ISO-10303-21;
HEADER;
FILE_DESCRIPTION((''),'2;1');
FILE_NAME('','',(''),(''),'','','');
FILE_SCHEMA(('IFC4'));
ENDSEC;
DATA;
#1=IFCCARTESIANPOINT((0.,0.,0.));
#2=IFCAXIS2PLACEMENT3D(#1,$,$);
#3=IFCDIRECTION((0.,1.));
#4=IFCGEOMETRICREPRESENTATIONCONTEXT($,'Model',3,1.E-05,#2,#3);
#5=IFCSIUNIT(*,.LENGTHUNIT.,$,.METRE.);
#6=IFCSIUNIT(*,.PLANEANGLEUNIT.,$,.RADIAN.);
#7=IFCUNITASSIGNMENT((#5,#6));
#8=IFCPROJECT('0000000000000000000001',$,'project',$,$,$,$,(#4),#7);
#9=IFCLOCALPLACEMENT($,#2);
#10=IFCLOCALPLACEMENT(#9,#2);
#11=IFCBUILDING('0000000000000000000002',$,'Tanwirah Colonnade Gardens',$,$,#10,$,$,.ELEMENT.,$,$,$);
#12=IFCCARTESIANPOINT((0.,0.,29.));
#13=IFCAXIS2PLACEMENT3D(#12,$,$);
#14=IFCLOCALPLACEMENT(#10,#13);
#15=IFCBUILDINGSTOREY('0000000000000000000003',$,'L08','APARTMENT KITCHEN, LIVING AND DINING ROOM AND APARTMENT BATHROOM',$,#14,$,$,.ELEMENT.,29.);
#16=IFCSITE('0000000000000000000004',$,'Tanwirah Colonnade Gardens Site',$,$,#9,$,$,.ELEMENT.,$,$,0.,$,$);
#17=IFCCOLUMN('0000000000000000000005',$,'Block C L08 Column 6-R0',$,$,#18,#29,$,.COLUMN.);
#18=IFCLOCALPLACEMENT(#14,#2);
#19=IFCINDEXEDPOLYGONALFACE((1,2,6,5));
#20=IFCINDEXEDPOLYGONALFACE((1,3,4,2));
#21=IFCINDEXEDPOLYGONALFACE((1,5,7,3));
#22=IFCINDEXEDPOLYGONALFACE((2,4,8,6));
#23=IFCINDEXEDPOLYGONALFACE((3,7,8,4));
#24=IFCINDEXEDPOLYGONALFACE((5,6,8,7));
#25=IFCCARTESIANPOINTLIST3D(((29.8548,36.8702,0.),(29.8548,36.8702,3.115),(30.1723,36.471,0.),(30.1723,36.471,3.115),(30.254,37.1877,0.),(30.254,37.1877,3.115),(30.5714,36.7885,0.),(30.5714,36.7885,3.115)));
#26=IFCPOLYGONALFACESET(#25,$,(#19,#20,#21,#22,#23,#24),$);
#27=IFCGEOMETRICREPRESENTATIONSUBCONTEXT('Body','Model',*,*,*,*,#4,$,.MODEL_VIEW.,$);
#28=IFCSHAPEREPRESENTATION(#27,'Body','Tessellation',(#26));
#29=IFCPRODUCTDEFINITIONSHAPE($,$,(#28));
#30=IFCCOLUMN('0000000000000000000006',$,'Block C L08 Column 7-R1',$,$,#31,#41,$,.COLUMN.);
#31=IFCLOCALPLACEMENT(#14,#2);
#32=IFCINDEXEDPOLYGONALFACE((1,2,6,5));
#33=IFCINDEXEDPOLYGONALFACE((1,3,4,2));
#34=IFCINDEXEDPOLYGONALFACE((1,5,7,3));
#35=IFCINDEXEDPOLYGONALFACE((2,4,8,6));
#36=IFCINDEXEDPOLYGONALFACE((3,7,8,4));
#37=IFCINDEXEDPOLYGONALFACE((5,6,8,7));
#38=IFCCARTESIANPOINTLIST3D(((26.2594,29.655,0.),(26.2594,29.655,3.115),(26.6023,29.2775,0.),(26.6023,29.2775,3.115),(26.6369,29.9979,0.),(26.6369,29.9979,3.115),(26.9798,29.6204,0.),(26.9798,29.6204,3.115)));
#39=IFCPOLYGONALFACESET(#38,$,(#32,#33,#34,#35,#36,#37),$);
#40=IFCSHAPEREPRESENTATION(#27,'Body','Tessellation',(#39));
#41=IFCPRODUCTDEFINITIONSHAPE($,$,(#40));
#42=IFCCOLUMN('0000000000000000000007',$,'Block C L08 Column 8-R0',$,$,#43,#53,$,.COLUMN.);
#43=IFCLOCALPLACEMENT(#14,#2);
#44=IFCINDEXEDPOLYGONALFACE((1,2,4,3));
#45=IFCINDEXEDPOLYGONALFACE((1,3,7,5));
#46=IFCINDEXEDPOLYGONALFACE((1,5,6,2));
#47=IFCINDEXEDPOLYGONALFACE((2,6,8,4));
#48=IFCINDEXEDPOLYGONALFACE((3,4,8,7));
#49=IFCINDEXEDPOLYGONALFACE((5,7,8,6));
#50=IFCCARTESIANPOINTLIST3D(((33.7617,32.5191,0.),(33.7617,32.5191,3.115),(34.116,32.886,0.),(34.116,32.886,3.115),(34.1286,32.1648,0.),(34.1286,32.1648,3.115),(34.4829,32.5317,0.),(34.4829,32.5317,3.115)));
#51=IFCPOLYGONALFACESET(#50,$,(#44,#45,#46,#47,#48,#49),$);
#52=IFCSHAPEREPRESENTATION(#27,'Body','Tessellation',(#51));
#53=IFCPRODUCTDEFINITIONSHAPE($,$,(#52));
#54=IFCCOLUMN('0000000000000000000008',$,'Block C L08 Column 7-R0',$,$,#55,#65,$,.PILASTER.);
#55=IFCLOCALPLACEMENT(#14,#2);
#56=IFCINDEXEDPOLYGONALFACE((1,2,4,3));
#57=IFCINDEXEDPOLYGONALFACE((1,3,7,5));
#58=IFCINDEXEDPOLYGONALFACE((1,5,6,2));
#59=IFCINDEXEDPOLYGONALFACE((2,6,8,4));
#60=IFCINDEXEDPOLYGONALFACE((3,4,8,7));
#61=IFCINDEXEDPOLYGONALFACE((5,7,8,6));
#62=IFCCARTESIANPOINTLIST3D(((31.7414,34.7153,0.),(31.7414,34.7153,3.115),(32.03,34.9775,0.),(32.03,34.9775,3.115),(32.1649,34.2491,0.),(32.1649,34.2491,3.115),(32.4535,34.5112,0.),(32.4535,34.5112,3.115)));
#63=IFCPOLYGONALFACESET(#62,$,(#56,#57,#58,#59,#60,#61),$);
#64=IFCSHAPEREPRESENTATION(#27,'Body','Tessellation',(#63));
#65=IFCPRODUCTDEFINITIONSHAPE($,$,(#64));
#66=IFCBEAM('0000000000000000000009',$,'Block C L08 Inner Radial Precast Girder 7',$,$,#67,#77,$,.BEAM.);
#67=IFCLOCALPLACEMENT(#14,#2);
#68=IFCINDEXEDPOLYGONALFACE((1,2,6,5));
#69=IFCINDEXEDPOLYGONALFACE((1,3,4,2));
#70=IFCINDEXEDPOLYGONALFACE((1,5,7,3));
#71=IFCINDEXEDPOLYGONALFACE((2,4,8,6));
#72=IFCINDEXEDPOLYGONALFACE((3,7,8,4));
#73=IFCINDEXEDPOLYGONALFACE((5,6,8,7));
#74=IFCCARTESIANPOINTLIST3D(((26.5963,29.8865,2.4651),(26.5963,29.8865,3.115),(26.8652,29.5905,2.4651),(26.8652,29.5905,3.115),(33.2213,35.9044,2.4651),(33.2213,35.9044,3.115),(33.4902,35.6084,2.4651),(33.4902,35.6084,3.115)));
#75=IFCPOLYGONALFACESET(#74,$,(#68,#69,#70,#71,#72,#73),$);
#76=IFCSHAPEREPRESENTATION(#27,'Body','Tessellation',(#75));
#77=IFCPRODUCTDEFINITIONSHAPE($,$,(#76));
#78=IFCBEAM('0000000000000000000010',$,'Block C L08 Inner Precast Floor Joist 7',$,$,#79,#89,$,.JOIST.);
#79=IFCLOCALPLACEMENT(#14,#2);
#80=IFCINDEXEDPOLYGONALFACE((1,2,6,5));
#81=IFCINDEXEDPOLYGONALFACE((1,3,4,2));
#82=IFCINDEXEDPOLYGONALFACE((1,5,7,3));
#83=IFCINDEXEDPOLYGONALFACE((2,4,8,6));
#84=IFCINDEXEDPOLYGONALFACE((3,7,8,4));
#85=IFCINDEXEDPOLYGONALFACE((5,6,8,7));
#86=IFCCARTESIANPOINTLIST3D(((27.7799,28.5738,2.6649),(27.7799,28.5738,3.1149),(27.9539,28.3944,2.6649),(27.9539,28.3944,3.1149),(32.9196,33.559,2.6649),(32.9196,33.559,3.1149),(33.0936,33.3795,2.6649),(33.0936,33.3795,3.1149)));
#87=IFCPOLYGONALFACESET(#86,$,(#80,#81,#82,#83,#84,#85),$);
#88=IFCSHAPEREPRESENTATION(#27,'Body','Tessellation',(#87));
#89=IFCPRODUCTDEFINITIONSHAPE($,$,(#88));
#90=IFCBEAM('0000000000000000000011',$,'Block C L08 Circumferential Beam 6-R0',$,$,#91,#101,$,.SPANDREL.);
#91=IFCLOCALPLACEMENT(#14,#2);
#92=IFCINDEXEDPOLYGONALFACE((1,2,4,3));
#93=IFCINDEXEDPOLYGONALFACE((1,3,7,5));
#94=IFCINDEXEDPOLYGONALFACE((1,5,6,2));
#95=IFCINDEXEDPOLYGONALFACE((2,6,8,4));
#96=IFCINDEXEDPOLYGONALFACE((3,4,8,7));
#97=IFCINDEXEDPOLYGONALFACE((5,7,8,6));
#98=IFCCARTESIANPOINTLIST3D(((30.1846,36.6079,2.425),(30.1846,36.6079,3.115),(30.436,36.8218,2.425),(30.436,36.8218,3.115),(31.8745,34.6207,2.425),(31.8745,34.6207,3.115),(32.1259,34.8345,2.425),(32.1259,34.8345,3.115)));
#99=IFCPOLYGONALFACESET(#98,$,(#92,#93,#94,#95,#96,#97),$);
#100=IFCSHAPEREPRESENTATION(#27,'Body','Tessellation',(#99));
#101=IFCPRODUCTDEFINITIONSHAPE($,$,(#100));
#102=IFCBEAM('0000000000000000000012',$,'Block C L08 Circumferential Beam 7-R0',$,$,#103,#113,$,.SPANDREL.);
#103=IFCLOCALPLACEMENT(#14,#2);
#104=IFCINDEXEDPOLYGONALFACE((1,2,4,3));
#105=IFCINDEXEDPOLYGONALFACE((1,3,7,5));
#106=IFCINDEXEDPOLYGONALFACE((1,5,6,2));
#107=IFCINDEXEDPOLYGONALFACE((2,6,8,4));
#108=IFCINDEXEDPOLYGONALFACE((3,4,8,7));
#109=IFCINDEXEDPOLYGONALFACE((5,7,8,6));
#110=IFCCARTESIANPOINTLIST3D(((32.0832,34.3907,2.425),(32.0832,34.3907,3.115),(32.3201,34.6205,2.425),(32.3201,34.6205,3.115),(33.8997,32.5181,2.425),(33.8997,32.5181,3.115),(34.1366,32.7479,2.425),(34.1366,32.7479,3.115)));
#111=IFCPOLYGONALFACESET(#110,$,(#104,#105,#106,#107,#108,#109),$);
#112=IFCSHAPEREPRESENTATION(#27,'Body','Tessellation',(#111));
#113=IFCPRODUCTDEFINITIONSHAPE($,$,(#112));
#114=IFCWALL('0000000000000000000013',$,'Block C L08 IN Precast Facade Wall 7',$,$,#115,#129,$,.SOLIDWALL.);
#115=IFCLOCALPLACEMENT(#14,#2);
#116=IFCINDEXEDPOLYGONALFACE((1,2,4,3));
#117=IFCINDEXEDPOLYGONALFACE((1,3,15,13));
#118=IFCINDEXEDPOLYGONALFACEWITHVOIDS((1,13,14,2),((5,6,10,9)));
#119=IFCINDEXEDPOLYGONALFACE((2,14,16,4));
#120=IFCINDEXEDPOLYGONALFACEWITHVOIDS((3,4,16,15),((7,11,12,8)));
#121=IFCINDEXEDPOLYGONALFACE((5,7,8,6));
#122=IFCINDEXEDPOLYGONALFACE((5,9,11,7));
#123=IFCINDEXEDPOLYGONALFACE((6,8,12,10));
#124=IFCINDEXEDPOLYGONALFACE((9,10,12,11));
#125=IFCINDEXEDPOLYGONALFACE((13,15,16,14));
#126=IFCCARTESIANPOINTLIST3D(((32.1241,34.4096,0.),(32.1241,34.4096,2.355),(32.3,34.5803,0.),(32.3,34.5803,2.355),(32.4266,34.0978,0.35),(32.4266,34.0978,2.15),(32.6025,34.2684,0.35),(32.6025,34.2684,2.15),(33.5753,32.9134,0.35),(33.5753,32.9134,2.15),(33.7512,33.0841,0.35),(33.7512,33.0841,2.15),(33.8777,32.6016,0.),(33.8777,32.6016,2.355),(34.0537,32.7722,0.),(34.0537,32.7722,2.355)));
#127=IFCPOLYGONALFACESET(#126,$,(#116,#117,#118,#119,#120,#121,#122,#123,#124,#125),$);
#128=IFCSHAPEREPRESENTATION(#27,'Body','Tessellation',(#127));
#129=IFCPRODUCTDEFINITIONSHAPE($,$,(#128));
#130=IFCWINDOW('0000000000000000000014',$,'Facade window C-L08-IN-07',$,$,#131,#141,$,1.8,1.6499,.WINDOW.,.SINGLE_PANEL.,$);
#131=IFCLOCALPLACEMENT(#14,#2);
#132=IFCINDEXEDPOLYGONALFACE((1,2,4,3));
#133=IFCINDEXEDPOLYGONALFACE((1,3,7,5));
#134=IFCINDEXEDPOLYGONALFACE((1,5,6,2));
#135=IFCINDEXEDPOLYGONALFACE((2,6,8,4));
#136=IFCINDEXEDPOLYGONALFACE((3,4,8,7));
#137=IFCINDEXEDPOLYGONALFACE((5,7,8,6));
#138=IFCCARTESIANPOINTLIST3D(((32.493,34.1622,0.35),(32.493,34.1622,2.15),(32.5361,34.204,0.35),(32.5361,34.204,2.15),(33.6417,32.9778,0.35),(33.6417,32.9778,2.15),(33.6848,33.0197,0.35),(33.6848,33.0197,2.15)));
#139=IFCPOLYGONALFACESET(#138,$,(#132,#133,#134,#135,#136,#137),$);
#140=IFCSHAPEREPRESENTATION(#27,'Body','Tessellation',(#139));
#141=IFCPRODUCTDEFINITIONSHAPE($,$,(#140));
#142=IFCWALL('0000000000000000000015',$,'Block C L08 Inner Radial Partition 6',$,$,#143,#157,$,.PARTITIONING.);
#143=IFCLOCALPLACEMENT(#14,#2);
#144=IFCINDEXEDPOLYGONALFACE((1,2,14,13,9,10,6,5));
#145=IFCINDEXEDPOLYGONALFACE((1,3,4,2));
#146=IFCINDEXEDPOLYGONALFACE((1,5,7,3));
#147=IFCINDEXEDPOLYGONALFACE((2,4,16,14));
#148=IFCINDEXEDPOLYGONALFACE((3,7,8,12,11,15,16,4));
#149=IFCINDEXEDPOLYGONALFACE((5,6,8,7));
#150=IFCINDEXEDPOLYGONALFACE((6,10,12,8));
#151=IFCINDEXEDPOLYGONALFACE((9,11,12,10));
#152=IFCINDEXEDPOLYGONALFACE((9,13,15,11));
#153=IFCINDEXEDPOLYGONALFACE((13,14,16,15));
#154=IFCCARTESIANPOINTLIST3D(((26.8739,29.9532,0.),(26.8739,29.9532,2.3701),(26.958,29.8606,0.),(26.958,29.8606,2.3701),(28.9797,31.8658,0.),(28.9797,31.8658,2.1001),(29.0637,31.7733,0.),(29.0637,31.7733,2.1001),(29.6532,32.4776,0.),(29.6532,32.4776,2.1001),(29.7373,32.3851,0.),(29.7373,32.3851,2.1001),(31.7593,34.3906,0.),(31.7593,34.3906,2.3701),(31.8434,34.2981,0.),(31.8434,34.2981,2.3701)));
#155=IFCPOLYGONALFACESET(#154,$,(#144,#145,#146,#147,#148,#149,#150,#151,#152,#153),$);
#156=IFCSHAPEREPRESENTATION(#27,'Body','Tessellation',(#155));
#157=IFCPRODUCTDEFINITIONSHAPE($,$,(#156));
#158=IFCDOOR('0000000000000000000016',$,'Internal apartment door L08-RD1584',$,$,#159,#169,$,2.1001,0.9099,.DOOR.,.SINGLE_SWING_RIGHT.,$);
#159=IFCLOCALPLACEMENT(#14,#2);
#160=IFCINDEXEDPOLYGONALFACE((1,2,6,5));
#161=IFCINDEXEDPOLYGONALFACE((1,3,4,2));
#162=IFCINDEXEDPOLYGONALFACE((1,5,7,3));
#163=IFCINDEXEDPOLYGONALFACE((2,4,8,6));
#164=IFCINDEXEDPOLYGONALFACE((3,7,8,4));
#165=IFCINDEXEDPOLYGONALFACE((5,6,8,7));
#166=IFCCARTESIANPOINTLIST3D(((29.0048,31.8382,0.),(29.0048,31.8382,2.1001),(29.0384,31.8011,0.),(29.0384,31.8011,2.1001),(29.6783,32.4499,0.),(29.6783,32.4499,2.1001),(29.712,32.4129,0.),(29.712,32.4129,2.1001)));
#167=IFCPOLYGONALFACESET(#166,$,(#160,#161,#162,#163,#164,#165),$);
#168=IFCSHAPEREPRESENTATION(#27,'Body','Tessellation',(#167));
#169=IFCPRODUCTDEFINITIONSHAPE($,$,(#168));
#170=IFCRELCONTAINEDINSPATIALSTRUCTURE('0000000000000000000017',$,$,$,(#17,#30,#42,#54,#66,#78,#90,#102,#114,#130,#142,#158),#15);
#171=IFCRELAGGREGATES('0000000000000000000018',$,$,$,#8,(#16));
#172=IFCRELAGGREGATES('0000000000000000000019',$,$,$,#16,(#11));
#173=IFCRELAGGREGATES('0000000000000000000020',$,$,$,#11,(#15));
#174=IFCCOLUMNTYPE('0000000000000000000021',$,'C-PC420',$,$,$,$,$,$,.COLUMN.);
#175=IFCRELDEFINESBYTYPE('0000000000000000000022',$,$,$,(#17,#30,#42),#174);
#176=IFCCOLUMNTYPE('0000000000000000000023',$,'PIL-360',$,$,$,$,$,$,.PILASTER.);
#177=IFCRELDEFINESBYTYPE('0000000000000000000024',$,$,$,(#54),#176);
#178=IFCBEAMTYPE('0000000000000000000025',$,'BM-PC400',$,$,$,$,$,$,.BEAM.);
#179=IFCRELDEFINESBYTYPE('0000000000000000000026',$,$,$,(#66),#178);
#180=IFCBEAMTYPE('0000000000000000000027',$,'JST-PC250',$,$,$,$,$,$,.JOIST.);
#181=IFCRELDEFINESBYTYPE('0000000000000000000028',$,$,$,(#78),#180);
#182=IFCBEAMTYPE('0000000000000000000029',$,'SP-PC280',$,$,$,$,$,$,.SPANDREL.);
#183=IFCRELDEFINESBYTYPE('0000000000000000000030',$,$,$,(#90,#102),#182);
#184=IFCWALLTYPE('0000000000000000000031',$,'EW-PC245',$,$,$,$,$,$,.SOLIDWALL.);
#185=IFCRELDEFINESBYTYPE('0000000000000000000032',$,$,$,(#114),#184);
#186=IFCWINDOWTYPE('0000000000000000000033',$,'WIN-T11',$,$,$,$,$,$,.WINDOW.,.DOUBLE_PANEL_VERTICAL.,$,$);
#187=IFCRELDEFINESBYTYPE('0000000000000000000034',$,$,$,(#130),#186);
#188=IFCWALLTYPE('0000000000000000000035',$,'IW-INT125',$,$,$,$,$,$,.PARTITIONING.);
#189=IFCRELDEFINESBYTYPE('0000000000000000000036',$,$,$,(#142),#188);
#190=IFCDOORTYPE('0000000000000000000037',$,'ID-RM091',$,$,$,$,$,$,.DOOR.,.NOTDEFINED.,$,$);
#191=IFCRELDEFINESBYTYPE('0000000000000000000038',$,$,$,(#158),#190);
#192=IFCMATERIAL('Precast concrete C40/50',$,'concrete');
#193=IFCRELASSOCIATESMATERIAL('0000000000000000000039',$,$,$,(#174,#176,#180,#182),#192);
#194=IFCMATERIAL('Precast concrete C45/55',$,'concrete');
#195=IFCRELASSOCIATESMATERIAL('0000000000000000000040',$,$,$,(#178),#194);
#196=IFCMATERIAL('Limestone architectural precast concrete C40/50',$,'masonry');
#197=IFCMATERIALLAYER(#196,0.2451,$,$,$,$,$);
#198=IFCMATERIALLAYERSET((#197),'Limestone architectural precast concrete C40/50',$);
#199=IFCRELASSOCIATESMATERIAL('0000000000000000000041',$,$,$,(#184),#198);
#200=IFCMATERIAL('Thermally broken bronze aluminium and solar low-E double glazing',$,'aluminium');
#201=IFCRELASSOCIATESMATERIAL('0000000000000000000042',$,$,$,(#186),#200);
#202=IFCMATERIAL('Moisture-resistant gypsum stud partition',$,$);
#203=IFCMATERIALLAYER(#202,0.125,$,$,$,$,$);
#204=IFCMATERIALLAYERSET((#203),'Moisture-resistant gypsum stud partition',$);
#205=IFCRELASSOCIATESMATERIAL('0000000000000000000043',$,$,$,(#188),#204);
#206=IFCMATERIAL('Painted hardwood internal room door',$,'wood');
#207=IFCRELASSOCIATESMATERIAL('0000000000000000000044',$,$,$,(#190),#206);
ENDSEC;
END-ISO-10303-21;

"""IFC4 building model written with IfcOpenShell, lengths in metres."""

from ifc_helpers import new_model, si_unit, direction, frame, frame_2d, origin, origin_2d, place, context, subcontext, project, spatial, rectangle, extrude, material, layer, layer_set, material_profile, profile_set, type_object, element, fill, save


model = new_model("IFC4")

# Units and contexts
model_context = context("Model", 3, precision=1e-05, world=origin(), true_north=direction((0.0, 1.0)))
body_context = subcontext(model_context, "Body", "Model", "MODEL_VIEW")
ifc_project = project(units=[si_unit("LENGTHUNIT", "METRE"), si_unit("PLANEANGLEUNIT", "RADIAN")], contexts=[model_context])

# Site, building, storey
site_placement = place(None, origin())
site = spatial("IfcSite", under=ifc_project, at=site_placement, Name="Tanwirah Colonnade Gardens Site", CompositionType="ELEMENT", RefElevation=0.0)
building_placement = place(site_placement, origin())
building = spatial("IfcBuilding", under=site, at=building_placement, Name="Tanwirah Colonnade Gardens", CompositionType="ELEMENT")
storey_placement = place(building_placement, frame((0.0, 0.0, 29.0)))
storey = spatial("IfcBuildingStorey", under=building, at=storey_placement, Name="L08", Description="APARTMENT KITCHEN, LIVING AND DINING ROOM AND APARTMENT BATHROOM", CompositionType="ELEMENT", Elevation=29.0)

# Columns
ifc_material_1 = material(Name="Precast concrete C40/50", Category="concrete")
ifc_material_profile_1 = material_profile(ifc_material_1, rectangle(XDim=0.51, YDim=0.51, at=origin_2d()), Name="PC-COL 510x510")
ifc_profile_set_1 = profile_set([ifc_material_profile_1], Name="Precast concrete C40/50")
column_type_1 = type_object("IfcColumnType", Name="C-PC420", PredefinedType="COLUMN", material=ifc_profile_set_1)
for number, where, z_axis, x_axis, name in (
    (1, (30.2131, 36.8293, 0.0), (0.0, 0.0, 1.0), (-0.782608, -0.622515, 0.0), "Block C L08 Column 6-R0"),
    (2, (26.6196, 29.6377, 0.0), (0.0, 0.0, 1.0), (-0.740218, -0.672367, 0.0), "Block C L08 Column 7-R1"),
    (3, (34.1223, 32.5254, 0.0), (0.0, 0.0, 1.0), (-0.694658, -0.71934, 0.0), "Block C L08 Column 8-R0"),
):
    element("IfcColumn", number, at=place(storey_placement, frame(where, z_axis=z_axis, x_axis=x_axis)), inside=storey, type_object=column_type_1, Name=name, PredefinedType="COLUMN", context=body_context, shape_type="SweptSolid", body=[
        extrude(rectangle(XDim=0.51, YDim=0.51, at=origin_2d()), origin(), (0.0, 0.0, 1.0), 3.115),
    ])
ifc_material_profile_2 = material_profile(ifc_material_1, rectangle(XDim=0.3899, YDim=0.6299, at=origin_2d()), Name="PC-PIL 390x630")
ifc_profile_set_2 = profile_set([ifc_material_profile_2], Name="Precast concrete C40/50")
column_type_2 = type_object("IfcColumnType", Name="PIL-360", PredefinedType="PILASTER", material=ifc_profile_set_2)
column_placement = place(storey_placement, frame((32.0974, 34.6133, 0.0), z_axis=(0.0, 0.0, 1.0), x_axis=(-0.740218, -0.672367, 0.0)))
element("IfcColumn", 4, at=column_placement, inside=storey, type_object=column_type_2, Name="Block C L08 Column 7-R0", PredefinedType="PILASTER", context=body_context, shape_type="SweptSolid", body=[
    extrude(rectangle(XDim=0.3899, YDim=0.6299, at=origin_2d()), origin(), (0.0, 0.0, 1.0), 3.115),
])

# Beams
ifc_material_2 = material(Name="Precast concrete C45/55", Category="concrete")
ifc_material_profile_3 = material_profile(ifc_material_2, rectangle(XDim=0.3999, YDim=0.6499, at=origin_2d()), Name="PC-BM 400x650")
ifc_profile_set_3 = profile_set([ifc_material_profile_3], Name="Precast concrete C45/55")
beam_type_1 = type_object("IfcBeamType", Name="BM-PC400", PredefinedType="BEAM", material=ifc_profile_set_3)
beam_1_placement = place(storey_placement, frame((26.7307, 29.7385, 2.79), z_axis=(0.740213, 0.672373, 0.0), x_axis=(-0.672373, 0.740213, 0.0)))
element("IfcBeam", 5, at=beam_1_placement, inside=storey, type_object=beam_type_1, Name="Block C L08 Inner Radial Precast Girder 7", PredefinedType="BEAM", context=body_context, shape_type="SweptSolid", body=[
    extrude(rectangle(XDim=0.3999, YDim=0.6499, at=origin_2d()), origin(), (0.0, 0.0, 1.0), 8.9502),
])
ifc_material_profile_4 = material_profile(ifc_material_1, rectangle(XDim=0.25, YDim=0.45, at=origin_2d()), Name="PC-JST 250x450")
ifc_profile_set_4 = profile_set([ifc_material_profile_4], Name="Precast concrete C40/50")
beam_type_2 = type_object("IfcBeamType", Name="JST-PC250", PredefinedType="JOIST", material=ifc_profile_set_4)
beam_2_placement = place(storey_placement, frame((33.0066, 33.4692, 2.8899), z_axis=(-0.717816, -0.696233, 0.0), x_axis=(0.696233, -0.717816, 0.0)))
element("IfcBeam", 6, at=beam_2_placement, inside=storey, type_object=beam_type_2, Name="Block C L08 Inner Precast Floor Joist 7", PredefinedType="JOIST", context=body_context, shape_type="SweptSolid", body=[
    extrude(rectangle(XDim=0.25, YDim=0.45, at=origin_2d()), origin(), (0.0, 0.0, 1.0), 7.1602),
])
ifc_material_profile_5 = material_profile(ifc_material_1, rectangle(XDim=0.3301, YDim=0.6899, at=origin_2d()), Name="PC-SP 330x690")
ifc_profile_set_5 = profile_set([ifc_material_profile_5], Name="Precast concrete C40/50")
beam_type_3 = type_object("IfcBeamType", Name="SP-PC280", PredefinedType="SPANDREL", material=ifc_profile_set_5)
beam_3_placement = place(storey_placement, frame((30.3103, 36.7148, 2.77), z_axis=(0.647811, -0.761801, 0.0), x_axis=(0.761801, 0.647811, 0.0)))
element("IfcBeam", 7, at=beam_3_placement, inside=storey, type_object=beam_type_3, Name="Block C L08 Circumferential Beam 6-R0", PredefinedType="SPANDREL", context=body_context, shape_type="SweptSolid", body=[
    extrude(rectangle(XDim=0.3301, YDim=0.6899, at=origin_2d()), origin(), (0.0, 0.0, 1.0), 2.6086),
])
beam_4_placement = place(storey_placement, frame((32.2017, 34.5056, 2.77), z_axis=(0.696263, -0.717787, 0.0), x_axis=(0.717787, 0.696263, 0.0)))
element("IfcBeam", 8, at=beam_4_placement, inside=storey, type_object=beam_type_3, Name="Block C L08 Circumferential Beam 7-R0", PredefinedType="SPANDREL", context=body_context, shape_type="SweptSolid", body=[
    extrude(rectangle(XDim=0.3301, YDim=0.6899, at=origin_2d()), origin(), (0.0, 0.0, 1.0), 2.6089),
])

# Wall, opening, window
ifc_material_3 = material(Name="Limestone architectural precast concrete C40/50", Category="masonry")
ifc_layer_1 = layer(ifc_material_3, 0.2451)
ifc_layer_set_1 = layer_set([ifc_layer_1], Name="Limestone architectural precast concrete C40/50")
wall_type_1 = type_object("IfcWallType", Name="EW-PC245", PredefinedType="SOLIDWALL", material=ifc_layer_set_1)
wall_1_placement = place(storey_placement, frame((32.2122, 34.4949, 0.0), z_axis=(0.0, 0.0, 1.0), x_axis=(0.696217, -0.717831, 0.0)))
wall_1 = element("IfcWall", 9, at=wall_1_placement, inside=storey, type_object=wall_type_1, Name="Block C L08 IN Precast Facade Wall 7", PredefinedType="SOLIDWALL", context=body_context, shape_type="SweptSolid", body=[
    extrude(rectangle(XDim=2.5188, YDim=0.2451, at=frame_2d((1.2593, 0.0))), origin(), (0.0, 0.0, 1.0), 2.355),
])
opening_1_placement = place(wall_1_placement, frame((0.4343, 0.0, 0.3501)))
opening_1 = element("IfcOpeningElement", 10, at=opening_1_placement, cuts=wall_1, PredefinedType="OPENING", context=body_context, shape_type="SweptSolid", body=[
    extrude(rectangle(XDim=1.6499, YDim=1.8, at=frame_2d((0.825, 0.8999))), frame((0.0, 0.1326, 0.0), z_axis=(0.0, -1.0, 0.0), x_axis=(1.0, 0.0, 0.0)), (0.0, 0.0, 1.0), 0.2651),
])
ifc_material_4 = material(Name="Thermally broken bronze aluminium and solar low-E double glazing", Category="aluminium")
window_type = type_object("IfcWindowType", Name="WIN-T11", PartitioningType="DOUBLE_PANEL_VERTICAL", PredefinedType="WINDOW", material=ifc_material_4)
window_placement = place(opening_1_placement, origin())
window = element("IfcWindow", 11, at=window_placement, inside=storey, type_object=window_type, Name="Facade window C-L08-IN-07", OverallHeight=1.8, OverallWidth=1.6499, PartitioningType="SINGLE_PANEL", PredefinedType="WINDOW", context=body_context, shape_type="SweptSolid", body=[
    extrude(rectangle(XDim=1.6499, YDim=1.8, at=frame_2d((0.825, 0.8999))), frame((0.0, 0.03, 0.0), z_axis=(0.0, -1.0, 0.0), x_axis=(1.0, 0.0, 0.0)), (0.0, 0.0, 1.0), 0.0601),
])
fill(opening_1, window)

# Wall, opening, door
ifc_material_5 = material(Name="Moisture-resistant gypsum stud partition")
ifc_layer_2 = layer(ifc_material_5, 0.125)
ifc_layer_set_2 = layer_set([ifc_layer_2], Name="Moisture-resistant gypsum stud partition")
wall_type_2 = type_object("IfcWallType", Name="IW-INT125", PredefinedType="PARTITIONING", material=ifc_layer_set_2)
wall_2_placement = place(storey_placement, frame((31.8013, 34.3442, 0.0), z_axis=(0.0, 0.0, 1.0), x_axis=(-0.740231, -0.672352, 0.0)))
wall_2 = element("IfcWall", 12, at=wall_2_placement, inside=storey, type_object=wall_type_2, Name="Block C L08 Inner Radial Partition 6", PredefinedType="PARTITIONING", context=body_context, shape_type="SweptSolid", body=[
    extrude(rectangle(XDim=6.5999, YDim=0.125, at=frame_2d((3.2998, 0.0))), origin(), (0.0, 0.0, 1.0), 2.3701),
])
opening_2_placement = place(wall_2_placement, frame((2.845, 0.0, 0.0)))
opening_2 = element("IfcOpeningElement", 13, at=opening_2_placement, cuts=wall_2, PredefinedType="OPENING", context=body_context, shape_type="SweptSolid", body=[
    extrude(rectangle(XDim=0.9099, YDim=2.1001, at=frame_2d((0.4551, 1.05))), frame((0.0, 0.0725, 0.0), z_axis=(0.0, -1.0, 0.0), x_axis=(1.0, 0.0, 0.0)), (0.0, 0.0, 1.0), 0.145),
])
ifc_material_6 = material(Name="Painted hardwood internal room door", Category="wood")
door_type_1 = type_object("IfcDoorType", Name="ID-RM091", OperationType="NOTDEFINED", PredefinedType="DOOR", material=ifc_material_6)
door_1_placement = place(opening_2_placement, origin())
door_1 = element("IfcDoor", 14, at=door_1_placement, inside=storey, type_object=door_type_1, Name="Internal apartment door L08-RD1584", OperationType="SINGLE_SWING_RIGHT", OverallHeight=2.1001, OverallWidth=0.9099, PredefinedType="DOOR", context=body_context, shape_type="SweptSolid", body=[
    extrude(rectangle(XDim=0.9099, YDim=2.1001, at=frame_2d((0.4551, 1.05))), frame((0.0, 0.0249, 0.0), z_axis=(0.0, -1.0, 0.0), x_axis=(1.0, 0.0, 0.0)), (0.0, 0.0, 1.0), 0.05),
])
fill(opening_2, door_1)

save(model, "model.ifc")
